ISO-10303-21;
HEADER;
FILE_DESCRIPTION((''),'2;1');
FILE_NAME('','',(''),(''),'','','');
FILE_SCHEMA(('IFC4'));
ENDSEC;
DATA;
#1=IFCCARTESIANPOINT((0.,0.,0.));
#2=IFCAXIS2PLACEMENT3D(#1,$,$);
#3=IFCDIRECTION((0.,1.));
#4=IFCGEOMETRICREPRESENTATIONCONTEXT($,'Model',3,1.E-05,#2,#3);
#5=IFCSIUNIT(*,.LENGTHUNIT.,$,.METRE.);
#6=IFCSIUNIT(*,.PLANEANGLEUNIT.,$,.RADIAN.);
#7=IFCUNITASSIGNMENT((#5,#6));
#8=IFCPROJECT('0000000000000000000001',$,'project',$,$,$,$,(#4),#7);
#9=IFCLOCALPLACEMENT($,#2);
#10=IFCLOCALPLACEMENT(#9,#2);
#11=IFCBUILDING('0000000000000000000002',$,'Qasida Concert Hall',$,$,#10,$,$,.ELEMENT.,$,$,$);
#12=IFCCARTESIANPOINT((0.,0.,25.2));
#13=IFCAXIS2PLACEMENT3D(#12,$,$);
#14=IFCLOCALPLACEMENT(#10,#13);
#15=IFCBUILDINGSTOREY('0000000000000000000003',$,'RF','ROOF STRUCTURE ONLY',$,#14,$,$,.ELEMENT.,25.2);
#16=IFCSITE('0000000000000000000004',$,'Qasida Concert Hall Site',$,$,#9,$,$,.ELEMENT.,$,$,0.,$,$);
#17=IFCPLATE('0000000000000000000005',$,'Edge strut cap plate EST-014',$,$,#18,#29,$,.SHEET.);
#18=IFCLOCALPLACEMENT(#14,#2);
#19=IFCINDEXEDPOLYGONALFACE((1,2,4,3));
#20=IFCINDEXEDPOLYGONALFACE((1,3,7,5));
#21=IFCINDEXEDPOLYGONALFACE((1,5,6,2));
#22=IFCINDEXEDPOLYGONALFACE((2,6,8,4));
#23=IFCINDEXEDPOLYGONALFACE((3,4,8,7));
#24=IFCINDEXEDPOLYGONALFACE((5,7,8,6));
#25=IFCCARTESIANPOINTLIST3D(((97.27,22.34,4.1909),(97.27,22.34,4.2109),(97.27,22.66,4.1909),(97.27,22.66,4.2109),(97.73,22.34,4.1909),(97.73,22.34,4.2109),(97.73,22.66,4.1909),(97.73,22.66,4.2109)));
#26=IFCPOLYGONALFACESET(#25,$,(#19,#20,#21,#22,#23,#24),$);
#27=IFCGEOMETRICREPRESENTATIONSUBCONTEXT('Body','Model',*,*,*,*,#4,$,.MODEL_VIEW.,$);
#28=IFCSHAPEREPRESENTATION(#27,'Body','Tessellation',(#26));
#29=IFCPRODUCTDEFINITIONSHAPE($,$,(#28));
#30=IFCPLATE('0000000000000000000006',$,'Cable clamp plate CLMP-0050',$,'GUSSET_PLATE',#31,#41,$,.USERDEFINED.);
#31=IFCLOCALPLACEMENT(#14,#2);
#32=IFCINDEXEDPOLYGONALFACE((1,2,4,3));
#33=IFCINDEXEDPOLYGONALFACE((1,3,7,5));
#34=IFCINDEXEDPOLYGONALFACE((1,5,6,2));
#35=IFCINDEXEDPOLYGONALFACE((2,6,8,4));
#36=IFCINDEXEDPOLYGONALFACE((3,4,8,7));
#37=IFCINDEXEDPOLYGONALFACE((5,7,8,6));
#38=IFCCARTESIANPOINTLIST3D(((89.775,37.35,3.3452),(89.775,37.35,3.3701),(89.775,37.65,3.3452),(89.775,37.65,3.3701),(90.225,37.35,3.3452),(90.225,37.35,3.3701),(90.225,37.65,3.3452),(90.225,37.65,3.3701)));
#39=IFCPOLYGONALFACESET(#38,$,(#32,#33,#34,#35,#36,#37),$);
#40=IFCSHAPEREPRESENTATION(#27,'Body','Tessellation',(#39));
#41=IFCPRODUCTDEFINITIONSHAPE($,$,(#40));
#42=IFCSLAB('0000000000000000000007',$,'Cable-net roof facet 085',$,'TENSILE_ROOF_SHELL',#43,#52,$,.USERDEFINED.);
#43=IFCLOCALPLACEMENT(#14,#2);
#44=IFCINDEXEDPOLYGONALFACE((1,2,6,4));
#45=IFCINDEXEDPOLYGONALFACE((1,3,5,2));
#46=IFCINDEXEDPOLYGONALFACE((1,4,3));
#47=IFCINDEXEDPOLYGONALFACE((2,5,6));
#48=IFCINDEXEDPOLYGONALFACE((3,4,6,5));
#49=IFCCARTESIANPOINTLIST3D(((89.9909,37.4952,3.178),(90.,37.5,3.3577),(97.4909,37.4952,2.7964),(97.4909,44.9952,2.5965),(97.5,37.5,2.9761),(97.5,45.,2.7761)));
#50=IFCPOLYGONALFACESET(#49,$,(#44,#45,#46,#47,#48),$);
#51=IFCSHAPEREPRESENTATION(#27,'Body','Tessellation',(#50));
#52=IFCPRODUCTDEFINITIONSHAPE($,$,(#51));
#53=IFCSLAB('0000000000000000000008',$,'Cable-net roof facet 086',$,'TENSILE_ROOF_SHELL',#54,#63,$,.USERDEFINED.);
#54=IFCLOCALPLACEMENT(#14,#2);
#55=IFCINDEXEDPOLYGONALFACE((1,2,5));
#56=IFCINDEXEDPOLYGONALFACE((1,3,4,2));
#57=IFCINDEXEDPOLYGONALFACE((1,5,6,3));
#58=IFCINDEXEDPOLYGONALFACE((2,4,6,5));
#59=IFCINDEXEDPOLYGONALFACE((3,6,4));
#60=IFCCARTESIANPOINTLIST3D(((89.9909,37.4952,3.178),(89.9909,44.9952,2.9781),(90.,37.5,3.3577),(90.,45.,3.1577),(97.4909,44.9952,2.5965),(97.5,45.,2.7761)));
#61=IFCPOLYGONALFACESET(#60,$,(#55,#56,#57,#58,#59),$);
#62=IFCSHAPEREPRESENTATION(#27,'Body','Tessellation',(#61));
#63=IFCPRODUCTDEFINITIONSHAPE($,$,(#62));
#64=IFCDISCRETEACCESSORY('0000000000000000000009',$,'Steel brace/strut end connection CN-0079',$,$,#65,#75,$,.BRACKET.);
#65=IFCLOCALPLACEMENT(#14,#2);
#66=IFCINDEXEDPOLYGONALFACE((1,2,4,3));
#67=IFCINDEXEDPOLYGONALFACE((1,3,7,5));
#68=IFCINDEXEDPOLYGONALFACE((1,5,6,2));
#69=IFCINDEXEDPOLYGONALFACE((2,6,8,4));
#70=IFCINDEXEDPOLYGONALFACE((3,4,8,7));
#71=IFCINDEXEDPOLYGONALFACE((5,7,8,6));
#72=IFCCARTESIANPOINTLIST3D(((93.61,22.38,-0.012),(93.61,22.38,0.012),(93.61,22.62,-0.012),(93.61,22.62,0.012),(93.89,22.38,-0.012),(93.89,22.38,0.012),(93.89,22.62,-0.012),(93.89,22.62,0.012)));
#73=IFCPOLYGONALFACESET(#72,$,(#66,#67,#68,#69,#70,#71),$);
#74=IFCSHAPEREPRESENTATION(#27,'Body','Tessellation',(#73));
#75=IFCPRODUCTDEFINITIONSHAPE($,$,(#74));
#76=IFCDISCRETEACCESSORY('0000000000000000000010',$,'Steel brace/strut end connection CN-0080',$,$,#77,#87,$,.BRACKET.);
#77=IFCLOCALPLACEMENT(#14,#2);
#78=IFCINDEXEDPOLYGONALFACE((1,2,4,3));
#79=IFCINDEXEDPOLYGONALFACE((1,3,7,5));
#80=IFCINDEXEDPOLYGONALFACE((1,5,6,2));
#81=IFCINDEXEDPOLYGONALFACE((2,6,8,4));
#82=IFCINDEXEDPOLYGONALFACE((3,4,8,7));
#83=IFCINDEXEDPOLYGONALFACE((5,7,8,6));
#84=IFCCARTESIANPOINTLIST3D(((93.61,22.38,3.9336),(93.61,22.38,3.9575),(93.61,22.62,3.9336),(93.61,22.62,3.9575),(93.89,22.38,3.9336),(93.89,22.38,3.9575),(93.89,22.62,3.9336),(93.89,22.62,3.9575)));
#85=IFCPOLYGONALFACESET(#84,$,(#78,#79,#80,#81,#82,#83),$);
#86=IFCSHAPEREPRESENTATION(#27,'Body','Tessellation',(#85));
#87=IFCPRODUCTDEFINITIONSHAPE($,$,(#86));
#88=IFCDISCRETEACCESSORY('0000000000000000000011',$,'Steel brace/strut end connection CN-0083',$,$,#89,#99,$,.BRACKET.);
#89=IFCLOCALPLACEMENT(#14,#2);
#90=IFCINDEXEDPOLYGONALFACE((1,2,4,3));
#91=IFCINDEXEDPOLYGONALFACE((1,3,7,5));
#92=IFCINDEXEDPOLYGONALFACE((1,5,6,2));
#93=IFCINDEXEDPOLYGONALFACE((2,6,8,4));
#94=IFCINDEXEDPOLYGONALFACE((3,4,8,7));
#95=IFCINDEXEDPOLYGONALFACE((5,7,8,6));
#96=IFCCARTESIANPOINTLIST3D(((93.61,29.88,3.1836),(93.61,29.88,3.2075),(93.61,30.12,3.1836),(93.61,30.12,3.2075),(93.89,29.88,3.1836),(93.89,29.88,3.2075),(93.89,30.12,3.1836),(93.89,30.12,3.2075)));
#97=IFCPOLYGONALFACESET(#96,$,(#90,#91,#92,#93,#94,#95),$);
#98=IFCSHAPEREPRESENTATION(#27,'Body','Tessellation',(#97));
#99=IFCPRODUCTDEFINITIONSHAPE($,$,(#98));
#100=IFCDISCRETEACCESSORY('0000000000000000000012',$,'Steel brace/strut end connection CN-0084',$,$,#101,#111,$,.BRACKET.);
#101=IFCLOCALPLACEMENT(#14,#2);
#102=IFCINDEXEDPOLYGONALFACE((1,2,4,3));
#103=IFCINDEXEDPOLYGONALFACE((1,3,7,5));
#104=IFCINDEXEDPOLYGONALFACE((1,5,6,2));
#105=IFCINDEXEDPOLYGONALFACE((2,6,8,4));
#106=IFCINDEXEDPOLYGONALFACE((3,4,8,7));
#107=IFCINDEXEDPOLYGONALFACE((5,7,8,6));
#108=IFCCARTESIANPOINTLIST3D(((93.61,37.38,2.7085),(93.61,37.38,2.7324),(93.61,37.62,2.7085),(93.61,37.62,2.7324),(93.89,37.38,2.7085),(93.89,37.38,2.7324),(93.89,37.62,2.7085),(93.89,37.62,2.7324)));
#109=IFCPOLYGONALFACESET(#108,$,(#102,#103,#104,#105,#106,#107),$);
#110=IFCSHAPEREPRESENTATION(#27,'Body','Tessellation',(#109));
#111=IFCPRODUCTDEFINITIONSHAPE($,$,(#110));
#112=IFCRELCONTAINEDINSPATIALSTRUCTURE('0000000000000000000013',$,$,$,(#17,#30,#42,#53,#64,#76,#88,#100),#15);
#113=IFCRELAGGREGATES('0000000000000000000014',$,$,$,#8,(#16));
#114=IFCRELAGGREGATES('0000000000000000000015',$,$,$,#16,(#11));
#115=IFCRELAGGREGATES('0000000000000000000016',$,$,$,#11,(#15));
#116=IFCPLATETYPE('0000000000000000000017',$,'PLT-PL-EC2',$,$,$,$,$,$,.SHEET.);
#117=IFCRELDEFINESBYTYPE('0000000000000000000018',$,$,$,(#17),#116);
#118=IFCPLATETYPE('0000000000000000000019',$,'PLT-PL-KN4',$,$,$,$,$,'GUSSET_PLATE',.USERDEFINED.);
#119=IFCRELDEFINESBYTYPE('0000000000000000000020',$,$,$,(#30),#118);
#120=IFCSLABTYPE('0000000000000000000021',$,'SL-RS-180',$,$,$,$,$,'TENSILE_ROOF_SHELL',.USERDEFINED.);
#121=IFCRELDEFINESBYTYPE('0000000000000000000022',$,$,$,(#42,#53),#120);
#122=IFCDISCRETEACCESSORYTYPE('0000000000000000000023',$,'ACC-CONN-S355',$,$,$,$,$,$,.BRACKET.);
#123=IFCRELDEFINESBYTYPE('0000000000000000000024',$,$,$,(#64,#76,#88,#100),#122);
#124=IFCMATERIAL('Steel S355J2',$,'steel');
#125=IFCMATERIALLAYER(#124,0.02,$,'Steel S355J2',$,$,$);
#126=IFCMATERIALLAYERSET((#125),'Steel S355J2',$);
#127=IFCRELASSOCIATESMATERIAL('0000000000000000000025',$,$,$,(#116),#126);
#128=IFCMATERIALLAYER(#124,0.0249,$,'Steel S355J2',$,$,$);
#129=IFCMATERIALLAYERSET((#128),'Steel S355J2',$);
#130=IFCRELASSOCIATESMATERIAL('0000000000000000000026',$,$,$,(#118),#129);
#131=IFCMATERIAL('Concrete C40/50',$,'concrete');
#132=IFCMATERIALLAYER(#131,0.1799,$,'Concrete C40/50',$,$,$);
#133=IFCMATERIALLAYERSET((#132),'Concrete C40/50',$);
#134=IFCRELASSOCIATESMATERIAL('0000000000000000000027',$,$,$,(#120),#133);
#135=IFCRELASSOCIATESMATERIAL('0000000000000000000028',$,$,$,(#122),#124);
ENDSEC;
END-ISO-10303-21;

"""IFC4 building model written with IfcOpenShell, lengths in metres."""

from ifc_helpers import new_model, si_unit, direction, frame, origin, origin_2d, place, context, subcontext, project, spatial, polyline, rectangle, outline, extrude, material, layer, layer_set, type_object, element, save


model = new_model("IFC4")

# Units and contexts
model_context = context("Model", 3, precision=1e-05, world=origin(), true_north=direction((0.0, 1.0)))
body_context = subcontext(model_context, "Body", "Model", "MODEL_VIEW")
ifc_project = project(units=[si_unit("LENGTHUNIT", "METRE"), si_unit("PLANEANGLEUNIT", "RADIAN")], contexts=[model_context])

# Site, building, storey
site_placement = place(None, origin())
site = spatial("IfcSite", under=ifc_project, at=site_placement, Name="Qasida Concert Hall Site", CompositionType="ELEMENT", RefElevation=0.0)
building_placement = place(site_placement, origin())
building = spatial("IfcBuilding", under=site, at=building_placement, Name="Qasida Concert Hall", CompositionType="ELEMENT")
storey_placement = place(building_placement, frame((0.0, 0.0, 25.2)))
storey = spatial("IfcBuildingStorey", under=building, at=storey_placement, Name="RF", Description="ROOF STRUCTURE ONLY", CompositionType="ELEMENT", Elevation=25.2)

# Shared definitions
ifc_material_1 = material(Name="Steel S355J2", Category="steel")

# Plates
ifc_layer_1 = layer(ifc_material_1, 0.02, Name="Steel S355J2")
ifc_layer_set_1 = layer_set([ifc_layer_1], Name="Steel S355J2")
plate_type_1 = type_object("IfcPlateType", Name="PLT-PL-EC2", PredefinedType="SHEET", material=ifc_layer_set_1)
plate_1_placement = place(storey_placement, frame((97.5, 22.5, 4.1909), z_axis=(0.0, 0.0, 1.0), x_axis=(1.0, 0.0, 0.0)))
element("IfcPlate", 1, at=plate_1_placement, inside=storey, type_object=plate_type_1, Name="Edge strut cap plate EST-014", PredefinedType="SHEET", context=body_context, shape_type="SweptSolid", body=[
    extrude(rectangle(XDim=0.46, YDim=0.3201, at=origin_2d()), origin(), (0.0, 0.0, 1.0), 0.02),
])
ifc_layer_2 = layer(ifc_material_1, 0.0249, Name="Steel S355J2")
ifc_layer_set_2 = layer_set([ifc_layer_2], Name="Steel S355J2")
plate_type_2 = type_object("IfcPlateType", Name="PLT-PL-KN4", ElementType="GUSSET_PLATE", PredefinedType="USERDEFINED", material=ifc_layer_set_2)
plate_2_placement = place(storey_placement, frame((90.0, 37.5, 3.3452), z_axis=(0.0, 0.0, 1.0), x_axis=(1.0, 0.0, 0.0)))
element("IfcPlate", 2, at=plate_2_placement, inside=storey, type_object=plate_type_2, Name="Cable clamp plate CLMP-0050", ObjectType="GUSSET_PLATE", PredefinedType="USERDEFINED", context=body_context, shape_type="SweptSolid", body=[
    extrude(rectangle(XDim=0.45, YDim=0.3, at=origin_2d()), origin(), (0.0, 0.0, 1.0), 0.0249),
])

# Slabs
ifc_material_2 = material(Name="Concrete C40/50", Category="concrete")
ifc_layer_3 = layer(ifc_material_2, 0.1799, Name="Concrete C40/50")
ifc_layer_set_3 = layer_set([ifc_layer_3], Name="Concrete C40/50")
slab_type = type_object("IfcSlabType", Name="SL-RS-180", ElementType="TENSILE_ROOF_SHELL", PredefinedType="USERDEFINED", material=ifc_layer_set_3)
slab_1_placement = place(storey_placement, frame((90.0, 37.5, 3.3577), z_axis=(0.050795, 0.026616, 0.998354), x_axis=(0.998708, 0.0, -0.050813)))
element("IfcSlab", 3, at=slab_1_placement, inside=storey, type_object=slab_type, Name="Cable-net roof facet 085", ObjectType="TENSILE_ROOF_SHELL", PredefinedType="USERDEFINED", context=body_context, shape_type="SweptSolid", body=[
    extrude(outline(polyline([(0.0, 0.0), (7.5097, 0.0), (7.5199, 7.5027), (0.0, 0.0)])), origin(), (0.0, 0.0, -1.0), 0.1799),
])
slab_2_placement = place(storey_placement, frame((90.0, 37.5, 3.3577), z_axis=(0.050795, 0.026616, 0.998354), x_axis=(0.706046, 0.706046, -0.054746)))
element("IfcSlab", 4, at=slab_2_placement, inside=storey, type_object=slab_type, Name="Cable-net roof facet 086", ObjectType="TENSILE_ROOF_SHELL", PredefinedType="USERDEFINED", context=body_context, shape_type="SweptSolid", body=[
    extrude(outline(polyline([(0.0, 0.0), (10.6225, 0.0), (5.3063, 5.3041), (0.0, 0.0)])), origin(), (0.0, 0.0, -1.0), 0.1799),
])

# Discrete accessories
discrete_accessory_type = type_object("IfcDiscreteAccessoryType", Name="ACC-CONN-S355", PredefinedType="BRACKET", material=ifc_material_1)
for number, where, z_axis, x_axis, name in (
    (5, (93.75, 22.5, -0.012), (0.0, 0.0, 1.0), (1.0, 0.0, 0.0), "Steel brace/strut end connection CN-0079"),
    (6, (93.75, 22.5, 3.9336), (0.0, 0.0, 1.0), (1.0, 0.0, 0.0), "Steel brace/strut end connection CN-0080"),
    (7, (93.75, 30.0, 3.1836), (0.0, 0.0, 1.0), (1.0, 0.0, 0.0), "Steel brace/strut end connection CN-0083"),
    (8, (93.75, 37.5, 2.7085), (0.0, 0.0, 1.0), (1.0, 0.0, 0.0), "Steel brace/strut end connection CN-0084"),
):
    element("IfcDiscreteAccessory", number, at=place(storey_placement, frame(where, z_axis=z_axis, x_axis=x_axis)), inside=storey, type_object=discrete_accessory_type, Name=name, PredefinedType="BRACKET", context=body_context, shape_type="SweptSolid", body=[
        extrude(rectangle(XDim=0.28, YDim=0.24, at=origin_2d()), origin(), (0.0, 0.0, 1.0), 0.0239),
    ])

save(model, "model.ifc")
